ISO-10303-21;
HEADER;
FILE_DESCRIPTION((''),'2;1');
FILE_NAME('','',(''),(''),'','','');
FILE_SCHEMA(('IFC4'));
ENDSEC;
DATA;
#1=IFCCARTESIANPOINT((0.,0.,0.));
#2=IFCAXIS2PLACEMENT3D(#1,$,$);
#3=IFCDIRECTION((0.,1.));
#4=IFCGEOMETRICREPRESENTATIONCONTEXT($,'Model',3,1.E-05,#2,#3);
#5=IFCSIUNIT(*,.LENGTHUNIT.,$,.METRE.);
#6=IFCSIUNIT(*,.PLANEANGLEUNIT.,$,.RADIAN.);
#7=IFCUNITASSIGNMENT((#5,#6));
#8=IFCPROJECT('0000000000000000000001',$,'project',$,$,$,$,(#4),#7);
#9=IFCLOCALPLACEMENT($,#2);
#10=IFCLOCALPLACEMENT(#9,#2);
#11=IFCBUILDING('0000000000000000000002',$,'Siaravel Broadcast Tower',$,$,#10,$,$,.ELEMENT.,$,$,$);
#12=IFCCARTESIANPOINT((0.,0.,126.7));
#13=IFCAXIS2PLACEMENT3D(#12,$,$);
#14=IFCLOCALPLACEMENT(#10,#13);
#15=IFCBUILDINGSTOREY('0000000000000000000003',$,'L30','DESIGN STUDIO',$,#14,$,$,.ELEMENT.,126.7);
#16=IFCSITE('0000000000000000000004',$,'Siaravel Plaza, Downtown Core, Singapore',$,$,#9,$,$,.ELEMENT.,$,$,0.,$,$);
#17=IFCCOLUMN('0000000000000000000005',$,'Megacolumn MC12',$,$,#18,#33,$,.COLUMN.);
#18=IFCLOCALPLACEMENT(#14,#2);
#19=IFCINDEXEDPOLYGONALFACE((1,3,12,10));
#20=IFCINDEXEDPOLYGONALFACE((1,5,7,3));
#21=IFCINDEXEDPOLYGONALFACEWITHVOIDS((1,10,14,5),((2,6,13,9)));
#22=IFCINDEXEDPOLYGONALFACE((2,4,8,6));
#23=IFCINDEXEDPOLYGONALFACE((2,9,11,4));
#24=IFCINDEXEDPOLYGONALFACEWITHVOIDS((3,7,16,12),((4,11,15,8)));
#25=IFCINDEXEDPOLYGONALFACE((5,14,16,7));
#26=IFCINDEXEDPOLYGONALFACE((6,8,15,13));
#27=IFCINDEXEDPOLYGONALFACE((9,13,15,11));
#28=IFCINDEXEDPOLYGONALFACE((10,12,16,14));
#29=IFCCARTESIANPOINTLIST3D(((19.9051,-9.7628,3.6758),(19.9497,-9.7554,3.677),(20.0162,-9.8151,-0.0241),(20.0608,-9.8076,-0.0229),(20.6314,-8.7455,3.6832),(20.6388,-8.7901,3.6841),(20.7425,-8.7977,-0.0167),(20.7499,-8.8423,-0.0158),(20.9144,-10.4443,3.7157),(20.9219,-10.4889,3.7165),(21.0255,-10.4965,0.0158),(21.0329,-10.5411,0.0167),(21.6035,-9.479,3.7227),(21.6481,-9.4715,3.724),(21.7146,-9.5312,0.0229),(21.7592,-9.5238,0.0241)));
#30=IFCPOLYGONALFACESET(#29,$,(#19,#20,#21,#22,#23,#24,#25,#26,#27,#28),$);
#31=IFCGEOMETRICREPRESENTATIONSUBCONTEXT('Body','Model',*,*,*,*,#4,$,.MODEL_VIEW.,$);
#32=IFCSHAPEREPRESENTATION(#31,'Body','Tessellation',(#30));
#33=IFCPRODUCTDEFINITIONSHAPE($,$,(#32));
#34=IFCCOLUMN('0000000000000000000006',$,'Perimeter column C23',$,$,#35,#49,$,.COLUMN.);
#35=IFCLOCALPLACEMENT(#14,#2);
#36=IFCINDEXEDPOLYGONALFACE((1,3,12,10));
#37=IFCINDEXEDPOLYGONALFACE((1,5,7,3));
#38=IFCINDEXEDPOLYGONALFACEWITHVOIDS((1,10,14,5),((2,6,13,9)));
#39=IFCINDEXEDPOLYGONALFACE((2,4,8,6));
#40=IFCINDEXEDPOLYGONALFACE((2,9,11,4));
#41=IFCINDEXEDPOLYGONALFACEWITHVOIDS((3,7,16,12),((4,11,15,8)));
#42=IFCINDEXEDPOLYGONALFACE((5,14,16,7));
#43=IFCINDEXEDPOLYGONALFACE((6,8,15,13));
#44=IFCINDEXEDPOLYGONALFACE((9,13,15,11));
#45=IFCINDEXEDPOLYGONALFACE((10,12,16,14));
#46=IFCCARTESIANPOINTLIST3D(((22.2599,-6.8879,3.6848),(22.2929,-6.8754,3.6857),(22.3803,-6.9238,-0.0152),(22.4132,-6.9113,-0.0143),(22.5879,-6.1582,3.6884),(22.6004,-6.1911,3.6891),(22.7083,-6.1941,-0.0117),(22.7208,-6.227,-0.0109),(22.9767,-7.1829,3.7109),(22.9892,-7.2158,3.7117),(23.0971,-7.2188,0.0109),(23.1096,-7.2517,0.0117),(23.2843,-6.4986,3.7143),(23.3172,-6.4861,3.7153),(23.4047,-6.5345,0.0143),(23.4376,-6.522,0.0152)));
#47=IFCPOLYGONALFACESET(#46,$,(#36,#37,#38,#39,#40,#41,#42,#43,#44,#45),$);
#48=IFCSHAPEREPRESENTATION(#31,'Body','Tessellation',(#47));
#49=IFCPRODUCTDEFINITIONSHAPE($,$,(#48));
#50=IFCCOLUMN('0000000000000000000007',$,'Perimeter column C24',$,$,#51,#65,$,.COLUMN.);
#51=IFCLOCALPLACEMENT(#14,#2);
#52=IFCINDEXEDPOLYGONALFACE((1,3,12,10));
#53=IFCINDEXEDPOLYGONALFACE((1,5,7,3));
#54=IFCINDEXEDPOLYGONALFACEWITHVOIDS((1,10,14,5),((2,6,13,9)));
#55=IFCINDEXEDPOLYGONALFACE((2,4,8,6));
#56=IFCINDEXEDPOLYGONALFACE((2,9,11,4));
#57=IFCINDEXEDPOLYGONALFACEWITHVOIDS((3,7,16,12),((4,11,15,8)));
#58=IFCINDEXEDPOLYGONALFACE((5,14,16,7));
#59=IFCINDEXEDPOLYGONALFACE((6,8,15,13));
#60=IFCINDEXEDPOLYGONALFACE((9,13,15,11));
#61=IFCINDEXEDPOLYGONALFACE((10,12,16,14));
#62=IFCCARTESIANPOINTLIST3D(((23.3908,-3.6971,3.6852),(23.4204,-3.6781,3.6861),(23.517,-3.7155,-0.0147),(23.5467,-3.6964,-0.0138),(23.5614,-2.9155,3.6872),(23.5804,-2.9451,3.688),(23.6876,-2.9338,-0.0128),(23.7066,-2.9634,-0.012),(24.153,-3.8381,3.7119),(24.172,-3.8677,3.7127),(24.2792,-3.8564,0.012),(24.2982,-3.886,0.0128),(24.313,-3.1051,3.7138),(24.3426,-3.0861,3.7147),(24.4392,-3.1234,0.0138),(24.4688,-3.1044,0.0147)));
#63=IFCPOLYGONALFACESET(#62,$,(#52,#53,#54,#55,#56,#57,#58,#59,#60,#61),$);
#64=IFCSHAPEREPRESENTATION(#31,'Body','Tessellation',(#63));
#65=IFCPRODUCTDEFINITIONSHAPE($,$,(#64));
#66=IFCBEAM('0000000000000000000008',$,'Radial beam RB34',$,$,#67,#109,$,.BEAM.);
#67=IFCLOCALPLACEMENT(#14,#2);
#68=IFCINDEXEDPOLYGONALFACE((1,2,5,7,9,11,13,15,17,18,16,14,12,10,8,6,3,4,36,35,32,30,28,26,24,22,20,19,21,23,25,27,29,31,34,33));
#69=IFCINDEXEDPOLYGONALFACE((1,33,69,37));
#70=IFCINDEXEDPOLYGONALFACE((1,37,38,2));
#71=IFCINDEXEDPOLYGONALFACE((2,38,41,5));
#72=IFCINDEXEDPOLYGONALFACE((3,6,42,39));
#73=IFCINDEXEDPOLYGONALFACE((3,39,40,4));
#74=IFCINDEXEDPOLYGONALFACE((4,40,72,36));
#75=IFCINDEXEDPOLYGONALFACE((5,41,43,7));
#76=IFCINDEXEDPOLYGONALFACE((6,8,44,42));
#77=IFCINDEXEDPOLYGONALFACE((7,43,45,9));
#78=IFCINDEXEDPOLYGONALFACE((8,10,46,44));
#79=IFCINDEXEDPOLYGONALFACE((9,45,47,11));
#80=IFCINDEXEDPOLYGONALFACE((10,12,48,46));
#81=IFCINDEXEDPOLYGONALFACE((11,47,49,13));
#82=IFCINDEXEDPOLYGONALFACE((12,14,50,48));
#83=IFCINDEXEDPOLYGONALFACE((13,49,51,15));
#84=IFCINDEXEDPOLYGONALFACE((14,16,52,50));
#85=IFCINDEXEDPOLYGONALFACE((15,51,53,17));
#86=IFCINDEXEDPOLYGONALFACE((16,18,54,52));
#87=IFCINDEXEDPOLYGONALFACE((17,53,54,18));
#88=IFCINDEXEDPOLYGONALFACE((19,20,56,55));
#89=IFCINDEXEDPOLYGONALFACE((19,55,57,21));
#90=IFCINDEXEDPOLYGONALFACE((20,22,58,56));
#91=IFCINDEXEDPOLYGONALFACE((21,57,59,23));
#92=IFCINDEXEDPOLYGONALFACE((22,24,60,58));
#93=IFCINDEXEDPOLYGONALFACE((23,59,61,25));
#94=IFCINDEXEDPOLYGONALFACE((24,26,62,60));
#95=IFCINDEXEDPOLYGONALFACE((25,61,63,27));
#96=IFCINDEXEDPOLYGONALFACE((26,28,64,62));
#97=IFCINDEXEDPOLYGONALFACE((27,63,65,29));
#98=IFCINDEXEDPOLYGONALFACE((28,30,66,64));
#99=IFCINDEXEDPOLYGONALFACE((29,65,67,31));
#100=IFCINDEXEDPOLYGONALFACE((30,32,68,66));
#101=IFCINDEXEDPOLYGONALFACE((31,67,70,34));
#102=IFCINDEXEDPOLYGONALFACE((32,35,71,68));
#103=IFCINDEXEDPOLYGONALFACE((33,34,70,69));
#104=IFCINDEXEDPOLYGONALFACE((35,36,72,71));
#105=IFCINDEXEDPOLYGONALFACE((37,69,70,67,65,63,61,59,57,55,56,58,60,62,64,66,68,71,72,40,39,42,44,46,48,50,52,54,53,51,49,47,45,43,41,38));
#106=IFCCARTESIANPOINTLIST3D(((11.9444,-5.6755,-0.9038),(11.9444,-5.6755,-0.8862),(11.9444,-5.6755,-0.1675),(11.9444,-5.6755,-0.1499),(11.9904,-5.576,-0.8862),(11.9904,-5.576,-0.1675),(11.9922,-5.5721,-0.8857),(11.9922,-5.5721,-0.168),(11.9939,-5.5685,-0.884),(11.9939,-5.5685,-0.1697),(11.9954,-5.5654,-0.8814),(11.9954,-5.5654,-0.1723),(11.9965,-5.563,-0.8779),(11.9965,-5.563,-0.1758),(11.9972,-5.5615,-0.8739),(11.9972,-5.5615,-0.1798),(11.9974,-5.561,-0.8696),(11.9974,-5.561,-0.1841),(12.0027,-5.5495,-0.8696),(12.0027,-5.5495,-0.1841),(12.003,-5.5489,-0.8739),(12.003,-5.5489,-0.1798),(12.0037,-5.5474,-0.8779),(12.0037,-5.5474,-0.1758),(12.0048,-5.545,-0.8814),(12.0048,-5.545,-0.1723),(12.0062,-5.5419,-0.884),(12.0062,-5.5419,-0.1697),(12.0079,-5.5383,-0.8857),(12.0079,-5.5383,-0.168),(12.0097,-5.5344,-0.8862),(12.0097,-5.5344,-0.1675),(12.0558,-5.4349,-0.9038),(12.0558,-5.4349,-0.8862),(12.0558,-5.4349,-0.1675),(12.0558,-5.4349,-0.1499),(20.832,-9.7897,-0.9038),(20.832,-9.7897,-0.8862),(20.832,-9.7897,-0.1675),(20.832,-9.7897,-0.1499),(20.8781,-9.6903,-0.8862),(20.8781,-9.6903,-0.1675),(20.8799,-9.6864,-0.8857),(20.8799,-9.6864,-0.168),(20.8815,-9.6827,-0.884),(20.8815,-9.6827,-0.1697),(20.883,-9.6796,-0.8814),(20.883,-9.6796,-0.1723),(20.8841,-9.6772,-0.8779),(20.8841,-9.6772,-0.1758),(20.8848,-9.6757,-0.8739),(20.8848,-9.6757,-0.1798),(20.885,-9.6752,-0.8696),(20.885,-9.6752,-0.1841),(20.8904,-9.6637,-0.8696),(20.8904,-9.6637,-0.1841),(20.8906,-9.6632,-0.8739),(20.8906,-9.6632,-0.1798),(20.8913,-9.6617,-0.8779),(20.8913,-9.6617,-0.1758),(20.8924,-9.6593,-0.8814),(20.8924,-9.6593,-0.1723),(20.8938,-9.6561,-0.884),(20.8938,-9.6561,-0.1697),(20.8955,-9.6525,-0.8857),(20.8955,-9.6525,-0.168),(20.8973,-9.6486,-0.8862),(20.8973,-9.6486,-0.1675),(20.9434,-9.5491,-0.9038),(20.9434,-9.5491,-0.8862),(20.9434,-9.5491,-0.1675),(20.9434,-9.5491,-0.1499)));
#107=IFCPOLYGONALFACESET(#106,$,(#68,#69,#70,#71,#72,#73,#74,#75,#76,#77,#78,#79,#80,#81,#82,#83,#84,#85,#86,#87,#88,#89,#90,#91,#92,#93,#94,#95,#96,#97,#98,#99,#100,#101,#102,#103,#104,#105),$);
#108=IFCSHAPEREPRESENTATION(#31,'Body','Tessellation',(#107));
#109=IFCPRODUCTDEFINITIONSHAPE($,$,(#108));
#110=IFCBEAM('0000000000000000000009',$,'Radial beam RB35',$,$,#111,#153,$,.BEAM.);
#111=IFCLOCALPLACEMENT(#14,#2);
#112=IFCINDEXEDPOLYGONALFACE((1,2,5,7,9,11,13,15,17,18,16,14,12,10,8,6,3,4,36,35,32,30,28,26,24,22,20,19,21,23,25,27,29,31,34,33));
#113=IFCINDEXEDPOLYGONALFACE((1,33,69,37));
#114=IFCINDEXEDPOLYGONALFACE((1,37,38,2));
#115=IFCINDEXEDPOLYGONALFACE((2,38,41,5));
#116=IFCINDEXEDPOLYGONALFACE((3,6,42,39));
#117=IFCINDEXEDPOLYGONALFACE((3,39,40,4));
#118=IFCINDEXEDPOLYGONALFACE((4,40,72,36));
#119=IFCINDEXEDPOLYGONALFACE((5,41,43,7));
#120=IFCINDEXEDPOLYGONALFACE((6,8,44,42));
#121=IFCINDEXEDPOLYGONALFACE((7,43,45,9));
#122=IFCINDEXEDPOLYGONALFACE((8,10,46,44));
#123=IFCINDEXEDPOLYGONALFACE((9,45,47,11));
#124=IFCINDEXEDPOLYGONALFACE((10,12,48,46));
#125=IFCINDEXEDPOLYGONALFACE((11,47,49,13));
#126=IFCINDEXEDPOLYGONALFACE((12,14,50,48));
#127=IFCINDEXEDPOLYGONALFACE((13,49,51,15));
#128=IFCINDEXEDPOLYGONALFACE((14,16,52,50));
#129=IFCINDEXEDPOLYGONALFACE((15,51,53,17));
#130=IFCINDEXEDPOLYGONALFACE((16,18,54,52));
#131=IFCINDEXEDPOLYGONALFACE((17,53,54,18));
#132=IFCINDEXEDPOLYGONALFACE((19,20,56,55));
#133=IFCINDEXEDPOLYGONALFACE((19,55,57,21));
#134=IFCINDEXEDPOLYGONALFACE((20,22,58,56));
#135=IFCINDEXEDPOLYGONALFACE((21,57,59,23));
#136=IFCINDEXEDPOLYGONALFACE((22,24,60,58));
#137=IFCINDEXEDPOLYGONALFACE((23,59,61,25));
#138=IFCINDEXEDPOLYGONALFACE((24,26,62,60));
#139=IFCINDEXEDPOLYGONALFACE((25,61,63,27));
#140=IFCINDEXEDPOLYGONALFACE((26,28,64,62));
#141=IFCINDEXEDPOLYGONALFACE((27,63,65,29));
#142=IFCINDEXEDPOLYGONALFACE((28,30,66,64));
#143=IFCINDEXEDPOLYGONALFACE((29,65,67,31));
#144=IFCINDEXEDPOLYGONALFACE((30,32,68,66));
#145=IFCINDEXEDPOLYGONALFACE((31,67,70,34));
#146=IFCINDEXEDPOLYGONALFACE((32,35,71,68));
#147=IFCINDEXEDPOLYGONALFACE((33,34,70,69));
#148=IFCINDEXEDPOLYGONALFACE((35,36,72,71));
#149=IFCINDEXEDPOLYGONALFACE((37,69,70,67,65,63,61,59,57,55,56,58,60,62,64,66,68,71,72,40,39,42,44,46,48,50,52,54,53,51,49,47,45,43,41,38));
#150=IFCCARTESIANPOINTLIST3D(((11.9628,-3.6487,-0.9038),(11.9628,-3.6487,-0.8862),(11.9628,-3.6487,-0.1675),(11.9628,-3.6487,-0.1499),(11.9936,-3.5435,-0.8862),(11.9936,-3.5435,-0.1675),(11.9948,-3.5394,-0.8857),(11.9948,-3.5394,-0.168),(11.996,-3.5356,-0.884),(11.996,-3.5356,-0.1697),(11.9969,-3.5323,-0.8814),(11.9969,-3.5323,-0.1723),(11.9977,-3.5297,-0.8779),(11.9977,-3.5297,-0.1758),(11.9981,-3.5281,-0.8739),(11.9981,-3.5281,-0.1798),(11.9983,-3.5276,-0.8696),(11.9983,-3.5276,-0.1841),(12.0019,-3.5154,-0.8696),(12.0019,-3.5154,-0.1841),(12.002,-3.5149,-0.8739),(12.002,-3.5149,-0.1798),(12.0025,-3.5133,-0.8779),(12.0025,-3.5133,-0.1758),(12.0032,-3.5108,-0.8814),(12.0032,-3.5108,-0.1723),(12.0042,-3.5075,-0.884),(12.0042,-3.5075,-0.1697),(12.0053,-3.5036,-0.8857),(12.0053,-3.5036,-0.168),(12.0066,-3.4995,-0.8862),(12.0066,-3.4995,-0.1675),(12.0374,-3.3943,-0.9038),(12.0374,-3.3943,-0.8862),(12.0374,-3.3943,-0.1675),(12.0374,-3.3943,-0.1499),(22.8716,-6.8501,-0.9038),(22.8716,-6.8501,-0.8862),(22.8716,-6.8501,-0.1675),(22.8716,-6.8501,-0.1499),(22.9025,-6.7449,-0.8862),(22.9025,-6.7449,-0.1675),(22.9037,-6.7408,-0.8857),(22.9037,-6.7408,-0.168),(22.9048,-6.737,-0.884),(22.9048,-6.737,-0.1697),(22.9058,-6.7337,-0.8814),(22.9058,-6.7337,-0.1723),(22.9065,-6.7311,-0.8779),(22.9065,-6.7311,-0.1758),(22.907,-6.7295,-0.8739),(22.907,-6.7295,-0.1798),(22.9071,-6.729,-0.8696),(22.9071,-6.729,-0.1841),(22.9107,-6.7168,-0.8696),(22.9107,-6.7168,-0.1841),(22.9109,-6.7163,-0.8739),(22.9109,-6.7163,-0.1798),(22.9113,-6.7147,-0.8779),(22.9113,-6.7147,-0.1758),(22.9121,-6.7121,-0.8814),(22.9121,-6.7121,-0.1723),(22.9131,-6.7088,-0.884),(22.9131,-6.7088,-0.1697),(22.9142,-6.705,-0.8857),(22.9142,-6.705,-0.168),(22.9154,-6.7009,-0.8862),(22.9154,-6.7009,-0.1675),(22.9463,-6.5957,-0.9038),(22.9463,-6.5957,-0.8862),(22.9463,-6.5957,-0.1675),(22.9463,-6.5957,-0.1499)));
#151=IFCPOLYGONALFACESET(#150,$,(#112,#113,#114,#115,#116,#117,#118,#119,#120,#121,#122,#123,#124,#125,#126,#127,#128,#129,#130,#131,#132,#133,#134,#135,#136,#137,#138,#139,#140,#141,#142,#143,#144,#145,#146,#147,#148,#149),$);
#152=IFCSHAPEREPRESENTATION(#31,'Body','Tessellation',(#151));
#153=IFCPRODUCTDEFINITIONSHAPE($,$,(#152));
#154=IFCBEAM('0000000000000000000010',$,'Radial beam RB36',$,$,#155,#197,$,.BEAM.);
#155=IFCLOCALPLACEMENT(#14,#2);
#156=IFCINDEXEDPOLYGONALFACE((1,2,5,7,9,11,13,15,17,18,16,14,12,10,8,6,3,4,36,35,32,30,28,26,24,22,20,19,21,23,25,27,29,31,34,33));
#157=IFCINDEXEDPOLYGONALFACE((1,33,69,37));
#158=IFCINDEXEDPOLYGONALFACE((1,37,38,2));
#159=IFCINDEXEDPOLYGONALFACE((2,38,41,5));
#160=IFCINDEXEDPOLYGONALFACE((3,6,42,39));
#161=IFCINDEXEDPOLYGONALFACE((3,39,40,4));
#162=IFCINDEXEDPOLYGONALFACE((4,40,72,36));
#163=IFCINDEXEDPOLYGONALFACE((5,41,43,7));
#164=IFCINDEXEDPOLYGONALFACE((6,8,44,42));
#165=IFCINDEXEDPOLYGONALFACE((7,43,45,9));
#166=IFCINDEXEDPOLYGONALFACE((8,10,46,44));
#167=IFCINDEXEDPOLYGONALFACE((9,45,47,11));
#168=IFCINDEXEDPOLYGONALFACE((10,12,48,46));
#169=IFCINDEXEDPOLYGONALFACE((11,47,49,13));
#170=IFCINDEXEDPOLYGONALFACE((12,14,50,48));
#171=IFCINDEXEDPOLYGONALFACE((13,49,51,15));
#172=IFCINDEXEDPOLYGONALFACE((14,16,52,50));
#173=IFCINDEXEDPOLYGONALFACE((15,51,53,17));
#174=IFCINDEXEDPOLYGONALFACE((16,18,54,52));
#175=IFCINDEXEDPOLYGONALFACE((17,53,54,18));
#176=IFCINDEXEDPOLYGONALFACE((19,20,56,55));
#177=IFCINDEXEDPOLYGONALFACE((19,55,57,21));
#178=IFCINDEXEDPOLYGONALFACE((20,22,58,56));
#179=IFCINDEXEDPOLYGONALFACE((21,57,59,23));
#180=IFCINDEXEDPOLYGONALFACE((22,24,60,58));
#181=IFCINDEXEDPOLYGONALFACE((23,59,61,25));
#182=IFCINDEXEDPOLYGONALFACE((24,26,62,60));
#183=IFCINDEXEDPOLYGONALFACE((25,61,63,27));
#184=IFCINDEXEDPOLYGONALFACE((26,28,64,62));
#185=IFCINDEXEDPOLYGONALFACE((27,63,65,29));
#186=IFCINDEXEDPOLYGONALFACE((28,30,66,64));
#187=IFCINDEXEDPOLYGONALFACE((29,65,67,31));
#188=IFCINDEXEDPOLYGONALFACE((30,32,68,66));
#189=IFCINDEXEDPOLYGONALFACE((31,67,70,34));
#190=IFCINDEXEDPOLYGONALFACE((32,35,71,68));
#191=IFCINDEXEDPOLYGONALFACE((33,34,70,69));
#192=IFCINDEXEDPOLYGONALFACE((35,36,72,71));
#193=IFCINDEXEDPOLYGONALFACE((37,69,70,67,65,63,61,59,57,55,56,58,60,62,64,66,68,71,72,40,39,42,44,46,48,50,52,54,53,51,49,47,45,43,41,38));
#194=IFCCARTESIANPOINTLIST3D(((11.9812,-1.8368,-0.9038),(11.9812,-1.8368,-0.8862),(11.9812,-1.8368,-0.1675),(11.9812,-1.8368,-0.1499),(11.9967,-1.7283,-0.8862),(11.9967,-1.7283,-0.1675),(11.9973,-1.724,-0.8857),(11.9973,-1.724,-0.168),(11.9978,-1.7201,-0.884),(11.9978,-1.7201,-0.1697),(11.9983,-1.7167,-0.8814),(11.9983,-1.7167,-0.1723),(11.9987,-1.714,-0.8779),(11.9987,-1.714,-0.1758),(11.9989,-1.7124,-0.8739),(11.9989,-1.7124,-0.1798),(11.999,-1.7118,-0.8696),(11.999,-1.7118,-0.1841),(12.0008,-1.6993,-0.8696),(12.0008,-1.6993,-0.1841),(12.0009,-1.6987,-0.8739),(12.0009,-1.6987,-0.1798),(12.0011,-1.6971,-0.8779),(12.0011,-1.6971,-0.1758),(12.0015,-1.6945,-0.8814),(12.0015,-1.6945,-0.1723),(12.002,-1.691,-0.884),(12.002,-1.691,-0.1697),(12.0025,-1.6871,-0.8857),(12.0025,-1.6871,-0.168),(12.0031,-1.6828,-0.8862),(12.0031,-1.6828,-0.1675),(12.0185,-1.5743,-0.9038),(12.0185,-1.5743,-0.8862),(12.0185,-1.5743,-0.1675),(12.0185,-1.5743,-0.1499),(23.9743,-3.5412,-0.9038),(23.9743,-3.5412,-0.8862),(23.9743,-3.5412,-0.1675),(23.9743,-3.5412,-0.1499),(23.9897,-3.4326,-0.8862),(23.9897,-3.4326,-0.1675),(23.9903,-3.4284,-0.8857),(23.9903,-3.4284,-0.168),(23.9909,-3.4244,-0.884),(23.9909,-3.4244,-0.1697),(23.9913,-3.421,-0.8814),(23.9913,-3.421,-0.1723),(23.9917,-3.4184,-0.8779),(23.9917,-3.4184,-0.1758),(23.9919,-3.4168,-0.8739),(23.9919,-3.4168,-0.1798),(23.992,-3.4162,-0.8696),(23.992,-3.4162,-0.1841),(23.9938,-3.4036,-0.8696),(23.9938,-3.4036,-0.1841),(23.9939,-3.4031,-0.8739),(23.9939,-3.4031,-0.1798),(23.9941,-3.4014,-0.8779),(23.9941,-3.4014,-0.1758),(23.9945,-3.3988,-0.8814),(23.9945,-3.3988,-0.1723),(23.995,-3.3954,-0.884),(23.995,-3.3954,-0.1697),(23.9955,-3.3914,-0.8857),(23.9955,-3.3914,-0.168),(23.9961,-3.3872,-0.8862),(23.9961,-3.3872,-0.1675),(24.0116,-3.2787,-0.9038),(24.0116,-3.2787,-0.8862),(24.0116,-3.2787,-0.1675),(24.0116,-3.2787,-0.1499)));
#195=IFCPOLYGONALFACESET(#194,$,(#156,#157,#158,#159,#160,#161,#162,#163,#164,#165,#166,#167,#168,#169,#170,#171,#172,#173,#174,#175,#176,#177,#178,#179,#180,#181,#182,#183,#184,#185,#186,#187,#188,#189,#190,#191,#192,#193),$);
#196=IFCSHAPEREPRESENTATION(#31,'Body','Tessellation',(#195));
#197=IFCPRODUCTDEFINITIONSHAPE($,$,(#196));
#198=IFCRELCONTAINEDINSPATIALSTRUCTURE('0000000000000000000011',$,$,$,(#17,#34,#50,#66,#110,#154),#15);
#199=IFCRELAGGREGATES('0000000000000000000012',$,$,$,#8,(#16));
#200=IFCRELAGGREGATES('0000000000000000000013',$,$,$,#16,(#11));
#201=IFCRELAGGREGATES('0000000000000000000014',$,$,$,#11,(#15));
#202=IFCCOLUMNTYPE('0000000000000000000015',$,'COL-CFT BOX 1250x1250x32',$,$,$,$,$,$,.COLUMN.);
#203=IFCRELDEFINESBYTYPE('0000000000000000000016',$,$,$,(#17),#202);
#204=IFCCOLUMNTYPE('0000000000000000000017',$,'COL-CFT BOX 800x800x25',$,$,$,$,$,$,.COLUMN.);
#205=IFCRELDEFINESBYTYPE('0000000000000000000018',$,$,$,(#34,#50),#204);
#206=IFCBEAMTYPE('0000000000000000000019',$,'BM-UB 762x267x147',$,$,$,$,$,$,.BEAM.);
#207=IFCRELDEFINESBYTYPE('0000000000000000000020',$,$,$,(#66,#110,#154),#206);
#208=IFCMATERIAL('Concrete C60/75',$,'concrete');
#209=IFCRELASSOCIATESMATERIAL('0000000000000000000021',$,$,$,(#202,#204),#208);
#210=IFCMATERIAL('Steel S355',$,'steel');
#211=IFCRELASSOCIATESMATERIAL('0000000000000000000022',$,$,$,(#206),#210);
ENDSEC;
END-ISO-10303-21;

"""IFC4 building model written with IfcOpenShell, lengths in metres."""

from ifc_helpers import new_model, si_unit, direction, frame, origin, origin_2d, place, context, subcontext, project, spatial, hollow_rectangle, i_section, extrude, material, material_profile, profile_set, type_object, element, save


model = new_model("IFC4")

# Units and contexts
model_context = context("Model", 3, precision=1e-05, world=origin(), true_north=direction((0.0, 1.0)))
body_context = subcontext(model_context, "Body", "Model", "MODEL_VIEW")
ifc_project = project(units=[si_unit("LENGTHUNIT", "METRE"), si_unit("PLANEANGLEUNIT", "RADIAN")], contexts=[model_context])

# Site, building, storey
site_placement = place(None, origin())
site = spatial("IfcSite", under=ifc_project, at=site_placement, Name="Siaravel Plaza, Downtown Core, Singapore", CompositionType="ELEMENT", RefElevation=0.0)
building_placement = place(site_placement, origin())
building = spatial("IfcBuilding", under=site, at=building_placement, Name="Siaravel Broadcast Tower", CompositionType="ELEMENT")
storey_placement = place(building_placement, frame((0.0, 0.0, 126.7)))
storey = spatial("IfcBuildingStorey", under=building, at=storey_placement, Name="L30", Description="DESIGN STUDIO", CompositionType="ELEMENT", Elevation=126.7)

# Columns
ifc_material_1 = material(Name="Concrete C60/75", Category="concrete")
ifc_material_profile_1 = material_profile(ifc_material_1, hollow_rectangle(XDim=1.25, YDim=1.25, WallThickness=0.032, at=origin_2d()))
ifc_profile_set_1 = profile_set([ifc_material_profile_1], Name="Concrete C60/75")
column_type_1 = type_object("IfcColumnType", Name="COL-CFT BOX 1250x1250x32", PredefinedType="COLUMN", material=ifc_profile_set_1)
column_placement = place(storey_placement, frame((20.8877, -9.6694, 0.0), z_axis=(-0.030007, 0.014113, 0.99945), x_axis=(-0.580983, -0.813894, -0.00595)))
element("IfcColumn", 1, at=column_placement, inside=storey, type_object=column_type_1, Name="Megacolumn MC12", PredefinedType="COLUMN", context=body_context, shape_type="SweptSolid", body=[
    extrude(hollow_rectangle(XDim=1.25, YDim=1.25, WallThickness=0.032, at=origin_2d()), origin(), (0.0, 0.0, 1.0), 3.7019),
])
ifc_material_profile_2 = material_profile(ifc_material_1, hollow_rectangle(XDim=0.8, YDim=0.8, WallThickness=0.0249, at=origin_2d()))
ifc_profile_set_2 = profile_set([ifc_material_profile_2], Name="Concrete C60/75")
column_type_2 = type_object("IfcColumnType", Name="COL-CFT BOX 800x800x25", PredefinedType="COLUMN", material=ifc_profile_set_2)
for number, where, z_axis, x_axis, name in (
    (2, (22.9089, -6.7229, 0.0), (-0.032512, 0.009694, 0.999424), (-0.409949, -0.912097, -0.004489), "Perimeter column C23"),
    (3, (23.9929, -3.4099, 0.0), (-0.034094, 0.004946, 0.999406), (-0.213231, -0.976999, -0.002439), "Perimeter column C24"),
):
    element("IfcColumn", number, at=place(storey_placement, frame(where, z_axis=z_axis, x_axis=x_axis)), inside=storey, type_object=column_type_2, Name=name, PredefinedType="COLUMN", context=body_context, shape_type="SweptSolid", body=[
        extrude(hollow_rectangle(XDim=0.8, YDim=0.8, WallThickness=0.0249, at=origin_2d()), origin(), (0.0, 0.0, 1.0), 3.7021),
    ])

# Beams
ifc_material_2 = material(Name="Steel S355", Category="steel")
ifc_material_profile_3 = material_profile(ifc_material_2, i_section(OverallWidth=0.2651, OverallDepth=0.7539, WebThickness=0.0127, FlangeThickness=0.0176, FilletRadius=0.0166, at=origin_2d()))
ifc_profile_set_3 = profile_set([ifc_material_profile_3], Name="Steel S355")
beam_type = type_object("IfcBeamType", Name="BM-UB 762x267x147", PredefinedType="BEAM", material=ifc_profile_set_3)
beam_1_placement = place(storey_placement, frame((20.8877, -9.6694, -0.5269), z_axis=(-0.907483, 0.420089, 0.0), x_axis=(-0.420089, -0.907483, 0.0)))
element("IfcBeam", 4, at=beam_1_placement, inside=storey, type_object=beam_type, Name="Radial beam RB34", PredefinedType="BEAM", context=body_context, shape_type="SweptSolid", body=[
    extrude(i_section(OverallWidth=0.2651, OverallDepth=0.7539, WebThickness=0.0127, FlangeThickness=0.0176, FilletRadius=0.0166, at=origin_2d()), origin(), (0.0, 0.0, 1.0), 9.7937),
])
beam_2_placement = place(storey_placement, frame((22.9089, -6.7229, -0.5269), z_axis=(-0.959534, 0.281592, 0.0), x_axis=(-0.281592, -0.959534, 0.0)))
element("IfcBeam", 5, at=beam_2_placement, inside=storey, type_object=beam_type, Name="Radial beam RB35", PredefinedType="BEAM", context=body_context, shape_type="SweptSolid", body=[
    extrude(i_section(OverallWidth=0.2651, OverallDepth=0.7539, WebThickness=0.0127, FlangeThickness=0.0176, FilletRadius=0.0166, at=origin_2d()), origin(), (0.0, 0.0, 1.0), 11.3689),
])
beam_3_placement = place(storey_placement, frame((23.9929, -3.4099, -0.5269), z_axis=(-0.990052, 0.140699, 0.0), x_axis=(-0.140699, -0.990052, 0.0)))
element("IfcBeam", 6, at=beam_3_placement, inside=storey, type_object=beam_type, Name="Radial beam RB36", PredefinedType="BEAM", context=body_context, shape_type="SweptSolid", body=[
    extrude(i_section(OverallWidth=0.2651, OverallDepth=0.7539, WebThickness=0.0127, FlangeThickness=0.0176, FilletRadius=0.0166, at=origin_2d()), origin(), (0.0, 0.0, 1.0), 12.1135),
])

save(model, "model.ifc")
